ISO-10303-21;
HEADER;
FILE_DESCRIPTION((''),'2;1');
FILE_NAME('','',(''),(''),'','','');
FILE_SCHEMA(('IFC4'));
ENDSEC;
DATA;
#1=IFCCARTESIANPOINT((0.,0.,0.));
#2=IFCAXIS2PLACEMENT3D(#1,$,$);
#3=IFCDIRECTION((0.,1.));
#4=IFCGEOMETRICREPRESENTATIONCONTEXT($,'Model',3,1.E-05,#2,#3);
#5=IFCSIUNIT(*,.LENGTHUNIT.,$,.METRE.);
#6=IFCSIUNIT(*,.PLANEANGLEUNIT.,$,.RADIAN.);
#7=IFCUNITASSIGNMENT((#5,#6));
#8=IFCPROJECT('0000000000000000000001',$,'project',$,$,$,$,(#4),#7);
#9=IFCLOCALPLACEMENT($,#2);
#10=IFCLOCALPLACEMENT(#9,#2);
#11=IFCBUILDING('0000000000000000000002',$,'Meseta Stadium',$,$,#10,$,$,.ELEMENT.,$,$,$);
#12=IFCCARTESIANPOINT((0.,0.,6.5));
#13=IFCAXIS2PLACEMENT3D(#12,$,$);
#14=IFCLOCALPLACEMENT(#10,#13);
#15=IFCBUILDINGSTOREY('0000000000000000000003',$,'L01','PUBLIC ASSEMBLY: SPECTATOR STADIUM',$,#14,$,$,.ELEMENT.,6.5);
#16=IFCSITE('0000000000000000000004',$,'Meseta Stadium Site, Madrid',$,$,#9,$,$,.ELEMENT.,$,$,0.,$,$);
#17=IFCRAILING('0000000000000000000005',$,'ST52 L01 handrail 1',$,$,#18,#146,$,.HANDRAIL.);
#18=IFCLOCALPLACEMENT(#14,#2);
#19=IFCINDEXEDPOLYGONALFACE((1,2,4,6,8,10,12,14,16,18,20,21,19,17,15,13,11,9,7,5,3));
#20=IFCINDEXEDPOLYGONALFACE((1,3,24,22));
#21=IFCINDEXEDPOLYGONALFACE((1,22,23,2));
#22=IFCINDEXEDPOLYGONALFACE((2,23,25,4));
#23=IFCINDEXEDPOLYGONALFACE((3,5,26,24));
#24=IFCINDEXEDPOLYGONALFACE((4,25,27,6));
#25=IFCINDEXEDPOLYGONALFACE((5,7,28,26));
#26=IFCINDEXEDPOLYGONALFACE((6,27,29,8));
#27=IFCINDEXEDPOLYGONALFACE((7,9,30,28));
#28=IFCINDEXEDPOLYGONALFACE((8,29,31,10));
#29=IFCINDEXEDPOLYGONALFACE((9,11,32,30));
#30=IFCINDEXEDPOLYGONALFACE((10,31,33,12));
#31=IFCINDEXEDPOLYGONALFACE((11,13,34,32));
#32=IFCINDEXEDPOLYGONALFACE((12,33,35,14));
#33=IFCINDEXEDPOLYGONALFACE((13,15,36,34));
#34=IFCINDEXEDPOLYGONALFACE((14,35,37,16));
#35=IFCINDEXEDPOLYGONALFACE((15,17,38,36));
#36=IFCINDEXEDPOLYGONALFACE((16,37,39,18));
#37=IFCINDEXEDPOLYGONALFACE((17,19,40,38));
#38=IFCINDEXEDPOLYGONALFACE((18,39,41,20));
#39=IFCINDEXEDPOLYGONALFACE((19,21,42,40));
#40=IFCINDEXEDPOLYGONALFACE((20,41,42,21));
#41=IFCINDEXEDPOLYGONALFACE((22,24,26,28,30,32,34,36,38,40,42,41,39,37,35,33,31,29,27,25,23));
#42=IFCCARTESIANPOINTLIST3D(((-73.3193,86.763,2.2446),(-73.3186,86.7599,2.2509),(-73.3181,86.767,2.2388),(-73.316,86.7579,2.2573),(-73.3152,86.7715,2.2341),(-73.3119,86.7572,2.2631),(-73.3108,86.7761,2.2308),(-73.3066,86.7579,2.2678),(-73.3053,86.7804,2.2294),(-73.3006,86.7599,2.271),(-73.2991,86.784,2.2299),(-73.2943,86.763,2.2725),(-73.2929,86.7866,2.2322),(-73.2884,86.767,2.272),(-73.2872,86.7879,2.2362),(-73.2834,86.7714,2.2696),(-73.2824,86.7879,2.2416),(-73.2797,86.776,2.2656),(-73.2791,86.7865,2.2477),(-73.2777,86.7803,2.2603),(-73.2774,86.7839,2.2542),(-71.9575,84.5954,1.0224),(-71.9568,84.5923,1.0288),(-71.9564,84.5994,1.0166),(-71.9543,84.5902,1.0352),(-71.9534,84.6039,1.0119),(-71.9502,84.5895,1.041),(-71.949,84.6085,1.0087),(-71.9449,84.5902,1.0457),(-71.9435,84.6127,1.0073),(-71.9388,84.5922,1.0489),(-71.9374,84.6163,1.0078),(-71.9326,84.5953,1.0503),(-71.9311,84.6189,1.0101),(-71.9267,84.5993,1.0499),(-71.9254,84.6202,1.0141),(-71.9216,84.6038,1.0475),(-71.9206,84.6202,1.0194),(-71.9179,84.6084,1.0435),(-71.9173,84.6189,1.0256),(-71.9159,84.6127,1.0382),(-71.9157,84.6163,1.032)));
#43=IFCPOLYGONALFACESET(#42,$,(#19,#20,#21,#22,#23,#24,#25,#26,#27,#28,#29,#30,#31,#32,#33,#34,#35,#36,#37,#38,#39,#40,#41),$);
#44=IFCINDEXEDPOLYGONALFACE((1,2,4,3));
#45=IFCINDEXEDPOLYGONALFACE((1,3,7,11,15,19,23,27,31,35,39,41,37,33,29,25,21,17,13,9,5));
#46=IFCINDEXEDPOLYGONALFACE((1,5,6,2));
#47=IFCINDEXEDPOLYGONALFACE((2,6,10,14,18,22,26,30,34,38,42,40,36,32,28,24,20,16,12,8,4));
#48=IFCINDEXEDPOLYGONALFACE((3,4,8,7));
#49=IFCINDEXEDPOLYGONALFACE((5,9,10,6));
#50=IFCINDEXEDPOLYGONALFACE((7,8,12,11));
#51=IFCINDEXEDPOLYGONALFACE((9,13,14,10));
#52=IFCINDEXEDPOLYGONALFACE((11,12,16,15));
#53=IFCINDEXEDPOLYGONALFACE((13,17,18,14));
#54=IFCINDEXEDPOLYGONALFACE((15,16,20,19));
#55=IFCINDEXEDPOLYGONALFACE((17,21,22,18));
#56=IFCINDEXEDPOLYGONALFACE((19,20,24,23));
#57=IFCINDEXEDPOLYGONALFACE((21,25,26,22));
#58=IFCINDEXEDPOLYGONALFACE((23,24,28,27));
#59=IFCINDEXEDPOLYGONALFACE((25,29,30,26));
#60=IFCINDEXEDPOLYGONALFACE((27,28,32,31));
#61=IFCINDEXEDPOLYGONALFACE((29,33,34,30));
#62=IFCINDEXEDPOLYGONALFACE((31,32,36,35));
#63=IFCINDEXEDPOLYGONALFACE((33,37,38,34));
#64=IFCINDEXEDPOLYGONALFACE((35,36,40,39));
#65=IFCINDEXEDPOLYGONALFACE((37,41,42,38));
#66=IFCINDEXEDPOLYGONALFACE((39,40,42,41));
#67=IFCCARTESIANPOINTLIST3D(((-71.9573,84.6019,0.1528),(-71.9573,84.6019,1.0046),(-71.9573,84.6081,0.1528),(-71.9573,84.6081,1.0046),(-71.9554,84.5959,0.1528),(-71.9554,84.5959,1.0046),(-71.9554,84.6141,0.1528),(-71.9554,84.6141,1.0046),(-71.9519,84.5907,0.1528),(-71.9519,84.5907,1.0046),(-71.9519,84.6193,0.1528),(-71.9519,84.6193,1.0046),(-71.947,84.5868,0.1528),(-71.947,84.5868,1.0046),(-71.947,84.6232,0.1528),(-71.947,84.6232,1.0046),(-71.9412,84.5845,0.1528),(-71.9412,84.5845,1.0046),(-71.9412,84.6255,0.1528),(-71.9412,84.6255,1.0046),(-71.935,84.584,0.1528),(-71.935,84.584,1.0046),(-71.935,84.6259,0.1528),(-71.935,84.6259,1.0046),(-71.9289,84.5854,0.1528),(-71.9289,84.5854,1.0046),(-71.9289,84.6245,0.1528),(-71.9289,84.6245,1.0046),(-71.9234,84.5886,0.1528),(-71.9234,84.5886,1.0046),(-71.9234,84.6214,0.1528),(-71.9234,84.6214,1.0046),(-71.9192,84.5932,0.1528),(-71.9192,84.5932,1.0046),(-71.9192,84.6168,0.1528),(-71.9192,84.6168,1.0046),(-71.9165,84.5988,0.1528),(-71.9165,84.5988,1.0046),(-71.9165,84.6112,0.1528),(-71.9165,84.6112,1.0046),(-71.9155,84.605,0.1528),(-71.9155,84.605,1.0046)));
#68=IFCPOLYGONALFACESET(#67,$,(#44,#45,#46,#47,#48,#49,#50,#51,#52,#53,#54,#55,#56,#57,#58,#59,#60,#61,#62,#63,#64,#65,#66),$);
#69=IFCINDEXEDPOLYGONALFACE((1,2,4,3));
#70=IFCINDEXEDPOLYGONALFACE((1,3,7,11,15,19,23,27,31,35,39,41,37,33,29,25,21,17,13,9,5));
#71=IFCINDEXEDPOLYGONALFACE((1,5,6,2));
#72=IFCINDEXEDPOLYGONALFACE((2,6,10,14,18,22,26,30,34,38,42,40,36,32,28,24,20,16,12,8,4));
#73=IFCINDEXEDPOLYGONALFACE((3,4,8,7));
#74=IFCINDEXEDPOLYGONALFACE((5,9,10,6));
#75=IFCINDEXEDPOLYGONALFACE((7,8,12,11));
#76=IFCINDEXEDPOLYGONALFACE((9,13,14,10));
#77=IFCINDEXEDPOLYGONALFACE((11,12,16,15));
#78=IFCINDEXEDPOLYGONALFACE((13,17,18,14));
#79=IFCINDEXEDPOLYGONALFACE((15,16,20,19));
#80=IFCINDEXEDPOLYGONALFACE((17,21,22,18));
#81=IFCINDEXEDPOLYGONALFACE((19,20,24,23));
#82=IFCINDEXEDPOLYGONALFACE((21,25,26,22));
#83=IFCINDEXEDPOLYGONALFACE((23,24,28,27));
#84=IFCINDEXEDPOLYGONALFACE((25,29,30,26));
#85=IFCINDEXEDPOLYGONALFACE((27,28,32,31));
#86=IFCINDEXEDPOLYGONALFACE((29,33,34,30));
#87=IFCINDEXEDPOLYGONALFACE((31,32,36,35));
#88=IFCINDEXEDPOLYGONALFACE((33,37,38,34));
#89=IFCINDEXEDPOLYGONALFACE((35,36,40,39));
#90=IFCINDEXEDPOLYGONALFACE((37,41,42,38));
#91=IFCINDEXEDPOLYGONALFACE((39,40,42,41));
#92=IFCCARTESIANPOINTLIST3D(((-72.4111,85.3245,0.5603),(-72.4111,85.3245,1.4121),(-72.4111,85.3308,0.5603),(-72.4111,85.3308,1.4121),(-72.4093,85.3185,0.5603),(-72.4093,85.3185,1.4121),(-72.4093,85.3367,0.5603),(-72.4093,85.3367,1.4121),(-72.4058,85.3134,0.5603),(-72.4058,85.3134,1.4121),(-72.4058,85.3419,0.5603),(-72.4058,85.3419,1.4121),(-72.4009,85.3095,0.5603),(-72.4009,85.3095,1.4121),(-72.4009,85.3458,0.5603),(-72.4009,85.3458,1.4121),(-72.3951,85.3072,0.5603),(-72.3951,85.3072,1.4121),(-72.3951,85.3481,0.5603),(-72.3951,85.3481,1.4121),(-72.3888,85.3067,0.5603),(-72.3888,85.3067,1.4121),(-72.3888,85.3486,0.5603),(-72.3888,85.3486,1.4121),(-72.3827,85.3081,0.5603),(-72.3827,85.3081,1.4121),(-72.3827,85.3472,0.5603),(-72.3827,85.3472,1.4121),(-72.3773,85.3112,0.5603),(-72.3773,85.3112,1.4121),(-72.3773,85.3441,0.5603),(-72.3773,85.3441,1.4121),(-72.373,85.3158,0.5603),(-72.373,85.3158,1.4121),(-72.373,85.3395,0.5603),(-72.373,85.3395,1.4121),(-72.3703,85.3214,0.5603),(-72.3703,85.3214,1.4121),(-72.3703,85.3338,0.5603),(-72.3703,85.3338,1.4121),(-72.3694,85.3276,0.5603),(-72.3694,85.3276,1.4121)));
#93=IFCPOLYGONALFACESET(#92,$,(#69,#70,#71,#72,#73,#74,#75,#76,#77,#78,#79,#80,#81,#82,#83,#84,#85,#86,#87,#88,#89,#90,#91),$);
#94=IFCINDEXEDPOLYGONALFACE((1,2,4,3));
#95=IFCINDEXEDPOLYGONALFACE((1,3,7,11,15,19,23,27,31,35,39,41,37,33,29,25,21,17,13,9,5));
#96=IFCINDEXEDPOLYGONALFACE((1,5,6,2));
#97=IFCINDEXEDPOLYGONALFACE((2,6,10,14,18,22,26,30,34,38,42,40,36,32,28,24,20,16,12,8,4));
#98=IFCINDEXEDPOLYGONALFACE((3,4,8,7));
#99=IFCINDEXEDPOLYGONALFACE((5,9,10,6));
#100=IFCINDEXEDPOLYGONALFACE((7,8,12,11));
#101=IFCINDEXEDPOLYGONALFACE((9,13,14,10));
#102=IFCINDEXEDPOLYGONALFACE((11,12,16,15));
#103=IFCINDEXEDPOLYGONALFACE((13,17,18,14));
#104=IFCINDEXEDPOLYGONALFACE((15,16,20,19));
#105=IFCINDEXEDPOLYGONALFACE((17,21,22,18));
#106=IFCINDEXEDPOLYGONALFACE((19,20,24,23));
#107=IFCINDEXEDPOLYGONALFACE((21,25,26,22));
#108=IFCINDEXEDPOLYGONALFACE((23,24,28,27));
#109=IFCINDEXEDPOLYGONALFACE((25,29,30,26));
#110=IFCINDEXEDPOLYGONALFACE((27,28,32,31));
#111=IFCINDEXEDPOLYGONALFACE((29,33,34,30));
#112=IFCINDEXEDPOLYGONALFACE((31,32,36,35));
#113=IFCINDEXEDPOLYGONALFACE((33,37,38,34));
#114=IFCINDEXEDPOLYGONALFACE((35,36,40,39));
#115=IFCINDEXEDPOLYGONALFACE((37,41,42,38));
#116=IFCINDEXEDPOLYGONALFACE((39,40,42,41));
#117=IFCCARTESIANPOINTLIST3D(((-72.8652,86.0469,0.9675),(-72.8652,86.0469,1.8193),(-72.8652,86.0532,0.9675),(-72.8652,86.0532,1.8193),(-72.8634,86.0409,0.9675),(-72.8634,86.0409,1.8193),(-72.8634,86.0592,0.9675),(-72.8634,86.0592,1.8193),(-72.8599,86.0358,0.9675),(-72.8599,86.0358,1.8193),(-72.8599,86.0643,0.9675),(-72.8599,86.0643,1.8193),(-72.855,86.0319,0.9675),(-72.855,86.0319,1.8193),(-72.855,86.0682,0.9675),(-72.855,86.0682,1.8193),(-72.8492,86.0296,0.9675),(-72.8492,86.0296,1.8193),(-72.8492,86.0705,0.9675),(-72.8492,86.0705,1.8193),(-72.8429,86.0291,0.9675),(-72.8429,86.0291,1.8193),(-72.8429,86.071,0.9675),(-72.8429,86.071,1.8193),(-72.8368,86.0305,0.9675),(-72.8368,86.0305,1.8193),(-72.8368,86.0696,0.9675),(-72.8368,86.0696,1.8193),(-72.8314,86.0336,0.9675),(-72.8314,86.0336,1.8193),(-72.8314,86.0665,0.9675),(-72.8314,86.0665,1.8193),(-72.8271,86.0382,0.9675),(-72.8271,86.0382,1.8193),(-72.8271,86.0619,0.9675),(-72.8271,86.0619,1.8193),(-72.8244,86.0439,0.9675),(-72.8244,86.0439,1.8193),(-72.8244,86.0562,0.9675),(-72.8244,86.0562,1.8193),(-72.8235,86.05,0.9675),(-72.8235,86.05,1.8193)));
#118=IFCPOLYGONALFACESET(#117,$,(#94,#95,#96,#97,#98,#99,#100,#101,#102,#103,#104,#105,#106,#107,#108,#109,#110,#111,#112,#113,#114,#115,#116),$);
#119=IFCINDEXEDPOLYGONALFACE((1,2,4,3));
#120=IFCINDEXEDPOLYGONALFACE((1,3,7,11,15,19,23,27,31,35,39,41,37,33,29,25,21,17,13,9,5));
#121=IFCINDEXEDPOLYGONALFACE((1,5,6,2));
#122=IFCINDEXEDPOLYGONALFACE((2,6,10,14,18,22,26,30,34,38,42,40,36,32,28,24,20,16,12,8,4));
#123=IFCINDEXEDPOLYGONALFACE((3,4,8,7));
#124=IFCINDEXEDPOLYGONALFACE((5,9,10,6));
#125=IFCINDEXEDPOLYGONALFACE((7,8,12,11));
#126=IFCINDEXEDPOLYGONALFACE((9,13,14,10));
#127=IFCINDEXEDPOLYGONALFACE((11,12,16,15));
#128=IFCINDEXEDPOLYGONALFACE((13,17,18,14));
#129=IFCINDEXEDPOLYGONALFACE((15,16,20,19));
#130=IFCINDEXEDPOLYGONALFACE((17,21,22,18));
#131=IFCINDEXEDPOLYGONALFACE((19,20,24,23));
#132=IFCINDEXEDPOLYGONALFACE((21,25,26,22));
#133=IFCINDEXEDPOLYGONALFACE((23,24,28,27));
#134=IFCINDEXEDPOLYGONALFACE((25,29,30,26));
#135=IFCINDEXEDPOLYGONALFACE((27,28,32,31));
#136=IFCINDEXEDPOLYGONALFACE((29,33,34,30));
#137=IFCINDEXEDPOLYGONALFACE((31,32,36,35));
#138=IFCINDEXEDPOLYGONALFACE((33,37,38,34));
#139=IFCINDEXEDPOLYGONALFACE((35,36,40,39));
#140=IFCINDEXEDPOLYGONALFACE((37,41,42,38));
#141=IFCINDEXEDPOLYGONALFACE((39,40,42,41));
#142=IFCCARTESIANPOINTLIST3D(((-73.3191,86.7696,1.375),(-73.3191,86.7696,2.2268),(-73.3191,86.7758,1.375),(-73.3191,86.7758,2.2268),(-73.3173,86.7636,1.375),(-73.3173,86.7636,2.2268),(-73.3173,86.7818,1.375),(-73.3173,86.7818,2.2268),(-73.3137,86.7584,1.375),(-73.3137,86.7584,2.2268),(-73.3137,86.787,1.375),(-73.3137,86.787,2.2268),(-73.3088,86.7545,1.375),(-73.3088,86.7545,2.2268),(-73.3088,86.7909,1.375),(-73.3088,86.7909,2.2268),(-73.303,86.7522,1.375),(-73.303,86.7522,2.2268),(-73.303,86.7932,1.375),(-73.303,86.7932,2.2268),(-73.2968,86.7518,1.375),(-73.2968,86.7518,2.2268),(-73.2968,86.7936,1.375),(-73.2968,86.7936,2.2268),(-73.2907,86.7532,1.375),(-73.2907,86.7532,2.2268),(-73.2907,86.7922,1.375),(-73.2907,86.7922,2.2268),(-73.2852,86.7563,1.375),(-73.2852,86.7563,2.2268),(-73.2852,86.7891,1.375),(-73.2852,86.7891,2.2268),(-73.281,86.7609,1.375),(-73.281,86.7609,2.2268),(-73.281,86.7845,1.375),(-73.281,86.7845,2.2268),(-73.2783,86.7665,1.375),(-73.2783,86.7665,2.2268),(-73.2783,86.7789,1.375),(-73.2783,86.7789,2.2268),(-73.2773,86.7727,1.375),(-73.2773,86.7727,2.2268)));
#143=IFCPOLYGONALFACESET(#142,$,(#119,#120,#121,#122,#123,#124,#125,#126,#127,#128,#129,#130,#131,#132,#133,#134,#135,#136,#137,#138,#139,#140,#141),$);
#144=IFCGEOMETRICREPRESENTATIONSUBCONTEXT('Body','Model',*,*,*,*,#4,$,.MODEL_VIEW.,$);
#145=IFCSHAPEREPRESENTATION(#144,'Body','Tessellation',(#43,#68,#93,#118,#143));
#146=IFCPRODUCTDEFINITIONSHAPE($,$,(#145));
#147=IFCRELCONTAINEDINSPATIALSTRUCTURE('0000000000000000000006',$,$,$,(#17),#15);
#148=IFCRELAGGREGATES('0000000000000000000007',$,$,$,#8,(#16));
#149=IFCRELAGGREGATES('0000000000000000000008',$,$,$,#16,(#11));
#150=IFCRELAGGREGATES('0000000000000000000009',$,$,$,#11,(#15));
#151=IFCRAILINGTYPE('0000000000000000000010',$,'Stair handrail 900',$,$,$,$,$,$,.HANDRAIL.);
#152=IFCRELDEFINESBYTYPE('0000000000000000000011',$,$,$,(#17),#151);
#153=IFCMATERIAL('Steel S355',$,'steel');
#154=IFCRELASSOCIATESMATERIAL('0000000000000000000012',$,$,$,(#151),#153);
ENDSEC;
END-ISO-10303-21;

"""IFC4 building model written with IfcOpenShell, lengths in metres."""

from ifc_helpers import new_model, si_unit, direction, frame, origin, origin_2d, place, context, subcontext, project, spatial, circle, extrude, material, type_object, element, save


model = new_model("IFC4")

# Units and contexts
model_context = context("Model", 3, precision=1e-05, world=origin(), true_north=direction((0.0, 1.0)))
body_context = subcontext(model_context, "Body", "Model", "MODEL_VIEW")
ifc_project = project(units=[si_unit("LENGTHUNIT", "METRE"), si_unit("PLANEANGLEUNIT", "RADIAN")], contexts=[model_context])

# Site, building, storey
site_placement = place(None, origin())
site = spatial("IfcSite", under=ifc_project, at=site_placement, Name="Meseta Stadium Site, Madrid", CompositionType="ELEMENT", RefElevation=0.0)
building_placement = place(site_placement, origin())
building = spatial("IfcBuilding", under=site, at=building_placement, Name="Meseta Stadium", CompositionType="ELEMENT")
storey_placement = place(building_placement, frame((0.0, 0.0, 6.5)))
storey = spatial("IfcBuildingStorey", under=building, at=storey_placement, Name="L01", Description="PUBLIC ASSEMBLY: SPECTATOR STADIUM", CompositionType="ELEMENT", Elevation=6.5)

# Railing
ifc_material_1 = material(Name="Steel S355", Category="steel")
railing_type_1 = type_object("IfcRailingType", Name="Stair handrail 900", PredefinedType="HANDRAIL", material=ifc_material_1)
for number, where, name in (
    (1, (-71.9365, 84.605, 0.1528), "ST52 L01 handrail 1"),
):
    element("IfcRailing", number, at=place(storey_placement, frame(where)), inside=storey, type_object=railing_type_1, Name=name, PredefinedType="HANDRAIL", context=body_context, shape_type="SweptSolid", body=[
        extrude(circle(Radius=0.0239, at=origin_2d()), frame((0.0, 0.0, 0.876), z_axis=(-0.480059, 0.764152, 0.430831), x_axis=(-0.846769, -0.531961, 0.0)), (0.0, 0.0, 1.0), 2.8367),
        extrude(circle(Radius=0.021, at=origin_2d()), origin(), (0.0, 0.0, 1.0), 0.8518),
        extrude(circle(Radius=0.021, at=origin_2d()), frame((-0.4539, 0.7227, 0.4075)), (0.0, 0.0, 1.0), 0.8518),
        extrude(circle(Radius=0.021, at=origin_2d()), frame((-0.908, 1.4451, 0.8147)), (0.0, 0.0, 1.0), 0.8518),
        extrude(circle(Radius=0.021, at=origin_2d()), frame((-1.3618, 2.1677, 1.2222)), (0.0, 0.0, 1.0), 0.8518),
    ])

save(model, "model.ifc")
